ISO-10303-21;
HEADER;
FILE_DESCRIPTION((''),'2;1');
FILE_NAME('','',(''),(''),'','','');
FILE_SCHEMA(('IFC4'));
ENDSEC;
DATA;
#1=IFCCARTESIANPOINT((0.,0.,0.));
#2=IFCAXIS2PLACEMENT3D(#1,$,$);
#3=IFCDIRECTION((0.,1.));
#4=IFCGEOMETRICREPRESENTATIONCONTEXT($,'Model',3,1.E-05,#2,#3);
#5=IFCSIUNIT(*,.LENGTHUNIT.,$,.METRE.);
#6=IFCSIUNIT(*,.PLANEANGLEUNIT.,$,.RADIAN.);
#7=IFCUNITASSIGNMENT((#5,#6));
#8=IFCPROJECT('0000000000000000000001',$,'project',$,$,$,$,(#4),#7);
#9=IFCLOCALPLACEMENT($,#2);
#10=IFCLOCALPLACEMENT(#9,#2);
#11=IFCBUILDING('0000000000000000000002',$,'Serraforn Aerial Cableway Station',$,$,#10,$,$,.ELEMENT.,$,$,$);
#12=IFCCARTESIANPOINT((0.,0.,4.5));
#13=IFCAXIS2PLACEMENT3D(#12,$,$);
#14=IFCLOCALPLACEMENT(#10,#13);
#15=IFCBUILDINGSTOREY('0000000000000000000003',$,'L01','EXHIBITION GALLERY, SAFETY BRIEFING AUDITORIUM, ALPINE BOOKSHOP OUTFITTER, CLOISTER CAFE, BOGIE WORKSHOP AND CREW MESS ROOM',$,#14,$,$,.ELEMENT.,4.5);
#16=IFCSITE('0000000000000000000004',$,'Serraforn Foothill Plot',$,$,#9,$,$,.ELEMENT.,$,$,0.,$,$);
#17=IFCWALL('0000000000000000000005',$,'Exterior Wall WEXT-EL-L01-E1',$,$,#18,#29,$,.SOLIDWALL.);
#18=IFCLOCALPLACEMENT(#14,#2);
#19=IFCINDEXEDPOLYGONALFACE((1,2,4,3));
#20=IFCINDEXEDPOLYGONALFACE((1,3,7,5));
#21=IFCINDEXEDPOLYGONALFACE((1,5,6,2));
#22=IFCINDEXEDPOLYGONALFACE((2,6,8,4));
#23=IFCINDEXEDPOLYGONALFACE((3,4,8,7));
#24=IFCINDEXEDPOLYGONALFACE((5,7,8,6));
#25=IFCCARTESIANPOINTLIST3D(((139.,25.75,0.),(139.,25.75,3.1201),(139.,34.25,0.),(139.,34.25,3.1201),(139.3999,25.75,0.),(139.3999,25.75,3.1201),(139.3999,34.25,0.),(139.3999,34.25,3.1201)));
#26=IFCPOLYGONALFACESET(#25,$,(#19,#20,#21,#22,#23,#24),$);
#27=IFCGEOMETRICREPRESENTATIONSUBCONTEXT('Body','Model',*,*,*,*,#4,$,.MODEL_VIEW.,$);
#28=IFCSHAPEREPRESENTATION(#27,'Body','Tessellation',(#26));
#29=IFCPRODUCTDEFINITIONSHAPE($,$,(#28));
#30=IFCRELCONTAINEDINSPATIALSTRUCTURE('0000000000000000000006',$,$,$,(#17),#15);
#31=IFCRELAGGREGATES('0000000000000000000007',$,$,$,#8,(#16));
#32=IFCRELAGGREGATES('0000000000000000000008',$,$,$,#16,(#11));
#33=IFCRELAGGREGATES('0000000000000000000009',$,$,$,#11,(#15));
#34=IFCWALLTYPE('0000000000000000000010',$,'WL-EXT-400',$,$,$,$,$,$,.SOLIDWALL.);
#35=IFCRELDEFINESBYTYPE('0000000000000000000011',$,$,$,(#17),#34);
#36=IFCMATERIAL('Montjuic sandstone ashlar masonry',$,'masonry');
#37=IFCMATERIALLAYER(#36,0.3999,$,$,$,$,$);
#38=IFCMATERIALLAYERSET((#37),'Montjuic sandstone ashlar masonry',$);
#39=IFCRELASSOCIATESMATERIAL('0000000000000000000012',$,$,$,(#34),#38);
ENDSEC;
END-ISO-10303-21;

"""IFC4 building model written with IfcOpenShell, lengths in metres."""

from ifc_helpers import new_model, si_unit, direction, frame, frame_2d, origin, place, context, subcontext, project, spatial, rectangle, extrude, material, layer, layer_set, type_object, element, save


model = new_model("IFC4")

# Units and contexts
model_context = context("Model", 3, precision=1e-05, world=origin(), true_north=direction((0.0, 1.0)))
body_context = subcontext(model_context, "Body", "Model", "MODEL_VIEW")
ifc_project = project(units=[si_unit("LENGTHUNIT", "METRE"), si_unit("PLANEANGLEUNIT", "RADIAN")], contexts=[model_context])

# Site, building, storey
site_placement = place(None, origin())
site = spatial("IfcSite", under=ifc_project, at=site_placement, Name="Serraforn Foothill Plot", CompositionType="ELEMENT", RefElevation=0.0)
building_placement = place(site_placement, origin())
building = spatial("IfcBuilding", under=site, at=building_placement, Name="Serraforn Aerial Cableway Station", CompositionType="ELEMENT")
storey_placement = place(building_placement, frame((0.0, 0.0, 4.5)))
storey = spatial("IfcBuildingStorey", under=building, at=storey_placement, Name="L01", Description="EXHIBITION GALLERY, SAFETY BRIEFING AUDITORIUM, ALPINE BOOKSHOP OUTFITTER, CLOISTER CAFE, BOGIE WORKSHOP AND CREW MESS ROOM", CompositionType="ELEMENT", Elevation=4.5)

# Wall
ifc_material_1 = material(Name="Montjuic sandstone ashlar masonry", Category="masonry")
ifc_layer_1 = layer(ifc_material_1, 0.3999)
ifc_layer_set_1 = layer_set([ifc_layer_1], Name="Montjuic sandstone ashlar masonry")
wall_type_1 = type_object("IfcWallType", Name="WL-EXT-400", PredefinedType="SOLIDWALL", material=ifc_layer_set_1)
wall_1_placement = place(storey_placement, frame((139.2, 25.75, 0.0), z_axis=(0.0, 0.0, 1.0), x_axis=(0.0, 1.0, 0.0)))
element("IfcWall", 1, at=wall_1_placement, inside=storey, type_object=wall_type_1, Name="Exterior Wall WEXT-EL-L01-E1", PredefinedType="SOLIDWALL", context=body_context, shape_type="SweptSolid", body=[
    extrude(rectangle(XDim=8.5, YDim=0.3999, at=frame_2d((4.25, 0.0))), origin(), (0.0, 0.0, 1.0), 3.1201),
])

save(model, "model.ifc")
